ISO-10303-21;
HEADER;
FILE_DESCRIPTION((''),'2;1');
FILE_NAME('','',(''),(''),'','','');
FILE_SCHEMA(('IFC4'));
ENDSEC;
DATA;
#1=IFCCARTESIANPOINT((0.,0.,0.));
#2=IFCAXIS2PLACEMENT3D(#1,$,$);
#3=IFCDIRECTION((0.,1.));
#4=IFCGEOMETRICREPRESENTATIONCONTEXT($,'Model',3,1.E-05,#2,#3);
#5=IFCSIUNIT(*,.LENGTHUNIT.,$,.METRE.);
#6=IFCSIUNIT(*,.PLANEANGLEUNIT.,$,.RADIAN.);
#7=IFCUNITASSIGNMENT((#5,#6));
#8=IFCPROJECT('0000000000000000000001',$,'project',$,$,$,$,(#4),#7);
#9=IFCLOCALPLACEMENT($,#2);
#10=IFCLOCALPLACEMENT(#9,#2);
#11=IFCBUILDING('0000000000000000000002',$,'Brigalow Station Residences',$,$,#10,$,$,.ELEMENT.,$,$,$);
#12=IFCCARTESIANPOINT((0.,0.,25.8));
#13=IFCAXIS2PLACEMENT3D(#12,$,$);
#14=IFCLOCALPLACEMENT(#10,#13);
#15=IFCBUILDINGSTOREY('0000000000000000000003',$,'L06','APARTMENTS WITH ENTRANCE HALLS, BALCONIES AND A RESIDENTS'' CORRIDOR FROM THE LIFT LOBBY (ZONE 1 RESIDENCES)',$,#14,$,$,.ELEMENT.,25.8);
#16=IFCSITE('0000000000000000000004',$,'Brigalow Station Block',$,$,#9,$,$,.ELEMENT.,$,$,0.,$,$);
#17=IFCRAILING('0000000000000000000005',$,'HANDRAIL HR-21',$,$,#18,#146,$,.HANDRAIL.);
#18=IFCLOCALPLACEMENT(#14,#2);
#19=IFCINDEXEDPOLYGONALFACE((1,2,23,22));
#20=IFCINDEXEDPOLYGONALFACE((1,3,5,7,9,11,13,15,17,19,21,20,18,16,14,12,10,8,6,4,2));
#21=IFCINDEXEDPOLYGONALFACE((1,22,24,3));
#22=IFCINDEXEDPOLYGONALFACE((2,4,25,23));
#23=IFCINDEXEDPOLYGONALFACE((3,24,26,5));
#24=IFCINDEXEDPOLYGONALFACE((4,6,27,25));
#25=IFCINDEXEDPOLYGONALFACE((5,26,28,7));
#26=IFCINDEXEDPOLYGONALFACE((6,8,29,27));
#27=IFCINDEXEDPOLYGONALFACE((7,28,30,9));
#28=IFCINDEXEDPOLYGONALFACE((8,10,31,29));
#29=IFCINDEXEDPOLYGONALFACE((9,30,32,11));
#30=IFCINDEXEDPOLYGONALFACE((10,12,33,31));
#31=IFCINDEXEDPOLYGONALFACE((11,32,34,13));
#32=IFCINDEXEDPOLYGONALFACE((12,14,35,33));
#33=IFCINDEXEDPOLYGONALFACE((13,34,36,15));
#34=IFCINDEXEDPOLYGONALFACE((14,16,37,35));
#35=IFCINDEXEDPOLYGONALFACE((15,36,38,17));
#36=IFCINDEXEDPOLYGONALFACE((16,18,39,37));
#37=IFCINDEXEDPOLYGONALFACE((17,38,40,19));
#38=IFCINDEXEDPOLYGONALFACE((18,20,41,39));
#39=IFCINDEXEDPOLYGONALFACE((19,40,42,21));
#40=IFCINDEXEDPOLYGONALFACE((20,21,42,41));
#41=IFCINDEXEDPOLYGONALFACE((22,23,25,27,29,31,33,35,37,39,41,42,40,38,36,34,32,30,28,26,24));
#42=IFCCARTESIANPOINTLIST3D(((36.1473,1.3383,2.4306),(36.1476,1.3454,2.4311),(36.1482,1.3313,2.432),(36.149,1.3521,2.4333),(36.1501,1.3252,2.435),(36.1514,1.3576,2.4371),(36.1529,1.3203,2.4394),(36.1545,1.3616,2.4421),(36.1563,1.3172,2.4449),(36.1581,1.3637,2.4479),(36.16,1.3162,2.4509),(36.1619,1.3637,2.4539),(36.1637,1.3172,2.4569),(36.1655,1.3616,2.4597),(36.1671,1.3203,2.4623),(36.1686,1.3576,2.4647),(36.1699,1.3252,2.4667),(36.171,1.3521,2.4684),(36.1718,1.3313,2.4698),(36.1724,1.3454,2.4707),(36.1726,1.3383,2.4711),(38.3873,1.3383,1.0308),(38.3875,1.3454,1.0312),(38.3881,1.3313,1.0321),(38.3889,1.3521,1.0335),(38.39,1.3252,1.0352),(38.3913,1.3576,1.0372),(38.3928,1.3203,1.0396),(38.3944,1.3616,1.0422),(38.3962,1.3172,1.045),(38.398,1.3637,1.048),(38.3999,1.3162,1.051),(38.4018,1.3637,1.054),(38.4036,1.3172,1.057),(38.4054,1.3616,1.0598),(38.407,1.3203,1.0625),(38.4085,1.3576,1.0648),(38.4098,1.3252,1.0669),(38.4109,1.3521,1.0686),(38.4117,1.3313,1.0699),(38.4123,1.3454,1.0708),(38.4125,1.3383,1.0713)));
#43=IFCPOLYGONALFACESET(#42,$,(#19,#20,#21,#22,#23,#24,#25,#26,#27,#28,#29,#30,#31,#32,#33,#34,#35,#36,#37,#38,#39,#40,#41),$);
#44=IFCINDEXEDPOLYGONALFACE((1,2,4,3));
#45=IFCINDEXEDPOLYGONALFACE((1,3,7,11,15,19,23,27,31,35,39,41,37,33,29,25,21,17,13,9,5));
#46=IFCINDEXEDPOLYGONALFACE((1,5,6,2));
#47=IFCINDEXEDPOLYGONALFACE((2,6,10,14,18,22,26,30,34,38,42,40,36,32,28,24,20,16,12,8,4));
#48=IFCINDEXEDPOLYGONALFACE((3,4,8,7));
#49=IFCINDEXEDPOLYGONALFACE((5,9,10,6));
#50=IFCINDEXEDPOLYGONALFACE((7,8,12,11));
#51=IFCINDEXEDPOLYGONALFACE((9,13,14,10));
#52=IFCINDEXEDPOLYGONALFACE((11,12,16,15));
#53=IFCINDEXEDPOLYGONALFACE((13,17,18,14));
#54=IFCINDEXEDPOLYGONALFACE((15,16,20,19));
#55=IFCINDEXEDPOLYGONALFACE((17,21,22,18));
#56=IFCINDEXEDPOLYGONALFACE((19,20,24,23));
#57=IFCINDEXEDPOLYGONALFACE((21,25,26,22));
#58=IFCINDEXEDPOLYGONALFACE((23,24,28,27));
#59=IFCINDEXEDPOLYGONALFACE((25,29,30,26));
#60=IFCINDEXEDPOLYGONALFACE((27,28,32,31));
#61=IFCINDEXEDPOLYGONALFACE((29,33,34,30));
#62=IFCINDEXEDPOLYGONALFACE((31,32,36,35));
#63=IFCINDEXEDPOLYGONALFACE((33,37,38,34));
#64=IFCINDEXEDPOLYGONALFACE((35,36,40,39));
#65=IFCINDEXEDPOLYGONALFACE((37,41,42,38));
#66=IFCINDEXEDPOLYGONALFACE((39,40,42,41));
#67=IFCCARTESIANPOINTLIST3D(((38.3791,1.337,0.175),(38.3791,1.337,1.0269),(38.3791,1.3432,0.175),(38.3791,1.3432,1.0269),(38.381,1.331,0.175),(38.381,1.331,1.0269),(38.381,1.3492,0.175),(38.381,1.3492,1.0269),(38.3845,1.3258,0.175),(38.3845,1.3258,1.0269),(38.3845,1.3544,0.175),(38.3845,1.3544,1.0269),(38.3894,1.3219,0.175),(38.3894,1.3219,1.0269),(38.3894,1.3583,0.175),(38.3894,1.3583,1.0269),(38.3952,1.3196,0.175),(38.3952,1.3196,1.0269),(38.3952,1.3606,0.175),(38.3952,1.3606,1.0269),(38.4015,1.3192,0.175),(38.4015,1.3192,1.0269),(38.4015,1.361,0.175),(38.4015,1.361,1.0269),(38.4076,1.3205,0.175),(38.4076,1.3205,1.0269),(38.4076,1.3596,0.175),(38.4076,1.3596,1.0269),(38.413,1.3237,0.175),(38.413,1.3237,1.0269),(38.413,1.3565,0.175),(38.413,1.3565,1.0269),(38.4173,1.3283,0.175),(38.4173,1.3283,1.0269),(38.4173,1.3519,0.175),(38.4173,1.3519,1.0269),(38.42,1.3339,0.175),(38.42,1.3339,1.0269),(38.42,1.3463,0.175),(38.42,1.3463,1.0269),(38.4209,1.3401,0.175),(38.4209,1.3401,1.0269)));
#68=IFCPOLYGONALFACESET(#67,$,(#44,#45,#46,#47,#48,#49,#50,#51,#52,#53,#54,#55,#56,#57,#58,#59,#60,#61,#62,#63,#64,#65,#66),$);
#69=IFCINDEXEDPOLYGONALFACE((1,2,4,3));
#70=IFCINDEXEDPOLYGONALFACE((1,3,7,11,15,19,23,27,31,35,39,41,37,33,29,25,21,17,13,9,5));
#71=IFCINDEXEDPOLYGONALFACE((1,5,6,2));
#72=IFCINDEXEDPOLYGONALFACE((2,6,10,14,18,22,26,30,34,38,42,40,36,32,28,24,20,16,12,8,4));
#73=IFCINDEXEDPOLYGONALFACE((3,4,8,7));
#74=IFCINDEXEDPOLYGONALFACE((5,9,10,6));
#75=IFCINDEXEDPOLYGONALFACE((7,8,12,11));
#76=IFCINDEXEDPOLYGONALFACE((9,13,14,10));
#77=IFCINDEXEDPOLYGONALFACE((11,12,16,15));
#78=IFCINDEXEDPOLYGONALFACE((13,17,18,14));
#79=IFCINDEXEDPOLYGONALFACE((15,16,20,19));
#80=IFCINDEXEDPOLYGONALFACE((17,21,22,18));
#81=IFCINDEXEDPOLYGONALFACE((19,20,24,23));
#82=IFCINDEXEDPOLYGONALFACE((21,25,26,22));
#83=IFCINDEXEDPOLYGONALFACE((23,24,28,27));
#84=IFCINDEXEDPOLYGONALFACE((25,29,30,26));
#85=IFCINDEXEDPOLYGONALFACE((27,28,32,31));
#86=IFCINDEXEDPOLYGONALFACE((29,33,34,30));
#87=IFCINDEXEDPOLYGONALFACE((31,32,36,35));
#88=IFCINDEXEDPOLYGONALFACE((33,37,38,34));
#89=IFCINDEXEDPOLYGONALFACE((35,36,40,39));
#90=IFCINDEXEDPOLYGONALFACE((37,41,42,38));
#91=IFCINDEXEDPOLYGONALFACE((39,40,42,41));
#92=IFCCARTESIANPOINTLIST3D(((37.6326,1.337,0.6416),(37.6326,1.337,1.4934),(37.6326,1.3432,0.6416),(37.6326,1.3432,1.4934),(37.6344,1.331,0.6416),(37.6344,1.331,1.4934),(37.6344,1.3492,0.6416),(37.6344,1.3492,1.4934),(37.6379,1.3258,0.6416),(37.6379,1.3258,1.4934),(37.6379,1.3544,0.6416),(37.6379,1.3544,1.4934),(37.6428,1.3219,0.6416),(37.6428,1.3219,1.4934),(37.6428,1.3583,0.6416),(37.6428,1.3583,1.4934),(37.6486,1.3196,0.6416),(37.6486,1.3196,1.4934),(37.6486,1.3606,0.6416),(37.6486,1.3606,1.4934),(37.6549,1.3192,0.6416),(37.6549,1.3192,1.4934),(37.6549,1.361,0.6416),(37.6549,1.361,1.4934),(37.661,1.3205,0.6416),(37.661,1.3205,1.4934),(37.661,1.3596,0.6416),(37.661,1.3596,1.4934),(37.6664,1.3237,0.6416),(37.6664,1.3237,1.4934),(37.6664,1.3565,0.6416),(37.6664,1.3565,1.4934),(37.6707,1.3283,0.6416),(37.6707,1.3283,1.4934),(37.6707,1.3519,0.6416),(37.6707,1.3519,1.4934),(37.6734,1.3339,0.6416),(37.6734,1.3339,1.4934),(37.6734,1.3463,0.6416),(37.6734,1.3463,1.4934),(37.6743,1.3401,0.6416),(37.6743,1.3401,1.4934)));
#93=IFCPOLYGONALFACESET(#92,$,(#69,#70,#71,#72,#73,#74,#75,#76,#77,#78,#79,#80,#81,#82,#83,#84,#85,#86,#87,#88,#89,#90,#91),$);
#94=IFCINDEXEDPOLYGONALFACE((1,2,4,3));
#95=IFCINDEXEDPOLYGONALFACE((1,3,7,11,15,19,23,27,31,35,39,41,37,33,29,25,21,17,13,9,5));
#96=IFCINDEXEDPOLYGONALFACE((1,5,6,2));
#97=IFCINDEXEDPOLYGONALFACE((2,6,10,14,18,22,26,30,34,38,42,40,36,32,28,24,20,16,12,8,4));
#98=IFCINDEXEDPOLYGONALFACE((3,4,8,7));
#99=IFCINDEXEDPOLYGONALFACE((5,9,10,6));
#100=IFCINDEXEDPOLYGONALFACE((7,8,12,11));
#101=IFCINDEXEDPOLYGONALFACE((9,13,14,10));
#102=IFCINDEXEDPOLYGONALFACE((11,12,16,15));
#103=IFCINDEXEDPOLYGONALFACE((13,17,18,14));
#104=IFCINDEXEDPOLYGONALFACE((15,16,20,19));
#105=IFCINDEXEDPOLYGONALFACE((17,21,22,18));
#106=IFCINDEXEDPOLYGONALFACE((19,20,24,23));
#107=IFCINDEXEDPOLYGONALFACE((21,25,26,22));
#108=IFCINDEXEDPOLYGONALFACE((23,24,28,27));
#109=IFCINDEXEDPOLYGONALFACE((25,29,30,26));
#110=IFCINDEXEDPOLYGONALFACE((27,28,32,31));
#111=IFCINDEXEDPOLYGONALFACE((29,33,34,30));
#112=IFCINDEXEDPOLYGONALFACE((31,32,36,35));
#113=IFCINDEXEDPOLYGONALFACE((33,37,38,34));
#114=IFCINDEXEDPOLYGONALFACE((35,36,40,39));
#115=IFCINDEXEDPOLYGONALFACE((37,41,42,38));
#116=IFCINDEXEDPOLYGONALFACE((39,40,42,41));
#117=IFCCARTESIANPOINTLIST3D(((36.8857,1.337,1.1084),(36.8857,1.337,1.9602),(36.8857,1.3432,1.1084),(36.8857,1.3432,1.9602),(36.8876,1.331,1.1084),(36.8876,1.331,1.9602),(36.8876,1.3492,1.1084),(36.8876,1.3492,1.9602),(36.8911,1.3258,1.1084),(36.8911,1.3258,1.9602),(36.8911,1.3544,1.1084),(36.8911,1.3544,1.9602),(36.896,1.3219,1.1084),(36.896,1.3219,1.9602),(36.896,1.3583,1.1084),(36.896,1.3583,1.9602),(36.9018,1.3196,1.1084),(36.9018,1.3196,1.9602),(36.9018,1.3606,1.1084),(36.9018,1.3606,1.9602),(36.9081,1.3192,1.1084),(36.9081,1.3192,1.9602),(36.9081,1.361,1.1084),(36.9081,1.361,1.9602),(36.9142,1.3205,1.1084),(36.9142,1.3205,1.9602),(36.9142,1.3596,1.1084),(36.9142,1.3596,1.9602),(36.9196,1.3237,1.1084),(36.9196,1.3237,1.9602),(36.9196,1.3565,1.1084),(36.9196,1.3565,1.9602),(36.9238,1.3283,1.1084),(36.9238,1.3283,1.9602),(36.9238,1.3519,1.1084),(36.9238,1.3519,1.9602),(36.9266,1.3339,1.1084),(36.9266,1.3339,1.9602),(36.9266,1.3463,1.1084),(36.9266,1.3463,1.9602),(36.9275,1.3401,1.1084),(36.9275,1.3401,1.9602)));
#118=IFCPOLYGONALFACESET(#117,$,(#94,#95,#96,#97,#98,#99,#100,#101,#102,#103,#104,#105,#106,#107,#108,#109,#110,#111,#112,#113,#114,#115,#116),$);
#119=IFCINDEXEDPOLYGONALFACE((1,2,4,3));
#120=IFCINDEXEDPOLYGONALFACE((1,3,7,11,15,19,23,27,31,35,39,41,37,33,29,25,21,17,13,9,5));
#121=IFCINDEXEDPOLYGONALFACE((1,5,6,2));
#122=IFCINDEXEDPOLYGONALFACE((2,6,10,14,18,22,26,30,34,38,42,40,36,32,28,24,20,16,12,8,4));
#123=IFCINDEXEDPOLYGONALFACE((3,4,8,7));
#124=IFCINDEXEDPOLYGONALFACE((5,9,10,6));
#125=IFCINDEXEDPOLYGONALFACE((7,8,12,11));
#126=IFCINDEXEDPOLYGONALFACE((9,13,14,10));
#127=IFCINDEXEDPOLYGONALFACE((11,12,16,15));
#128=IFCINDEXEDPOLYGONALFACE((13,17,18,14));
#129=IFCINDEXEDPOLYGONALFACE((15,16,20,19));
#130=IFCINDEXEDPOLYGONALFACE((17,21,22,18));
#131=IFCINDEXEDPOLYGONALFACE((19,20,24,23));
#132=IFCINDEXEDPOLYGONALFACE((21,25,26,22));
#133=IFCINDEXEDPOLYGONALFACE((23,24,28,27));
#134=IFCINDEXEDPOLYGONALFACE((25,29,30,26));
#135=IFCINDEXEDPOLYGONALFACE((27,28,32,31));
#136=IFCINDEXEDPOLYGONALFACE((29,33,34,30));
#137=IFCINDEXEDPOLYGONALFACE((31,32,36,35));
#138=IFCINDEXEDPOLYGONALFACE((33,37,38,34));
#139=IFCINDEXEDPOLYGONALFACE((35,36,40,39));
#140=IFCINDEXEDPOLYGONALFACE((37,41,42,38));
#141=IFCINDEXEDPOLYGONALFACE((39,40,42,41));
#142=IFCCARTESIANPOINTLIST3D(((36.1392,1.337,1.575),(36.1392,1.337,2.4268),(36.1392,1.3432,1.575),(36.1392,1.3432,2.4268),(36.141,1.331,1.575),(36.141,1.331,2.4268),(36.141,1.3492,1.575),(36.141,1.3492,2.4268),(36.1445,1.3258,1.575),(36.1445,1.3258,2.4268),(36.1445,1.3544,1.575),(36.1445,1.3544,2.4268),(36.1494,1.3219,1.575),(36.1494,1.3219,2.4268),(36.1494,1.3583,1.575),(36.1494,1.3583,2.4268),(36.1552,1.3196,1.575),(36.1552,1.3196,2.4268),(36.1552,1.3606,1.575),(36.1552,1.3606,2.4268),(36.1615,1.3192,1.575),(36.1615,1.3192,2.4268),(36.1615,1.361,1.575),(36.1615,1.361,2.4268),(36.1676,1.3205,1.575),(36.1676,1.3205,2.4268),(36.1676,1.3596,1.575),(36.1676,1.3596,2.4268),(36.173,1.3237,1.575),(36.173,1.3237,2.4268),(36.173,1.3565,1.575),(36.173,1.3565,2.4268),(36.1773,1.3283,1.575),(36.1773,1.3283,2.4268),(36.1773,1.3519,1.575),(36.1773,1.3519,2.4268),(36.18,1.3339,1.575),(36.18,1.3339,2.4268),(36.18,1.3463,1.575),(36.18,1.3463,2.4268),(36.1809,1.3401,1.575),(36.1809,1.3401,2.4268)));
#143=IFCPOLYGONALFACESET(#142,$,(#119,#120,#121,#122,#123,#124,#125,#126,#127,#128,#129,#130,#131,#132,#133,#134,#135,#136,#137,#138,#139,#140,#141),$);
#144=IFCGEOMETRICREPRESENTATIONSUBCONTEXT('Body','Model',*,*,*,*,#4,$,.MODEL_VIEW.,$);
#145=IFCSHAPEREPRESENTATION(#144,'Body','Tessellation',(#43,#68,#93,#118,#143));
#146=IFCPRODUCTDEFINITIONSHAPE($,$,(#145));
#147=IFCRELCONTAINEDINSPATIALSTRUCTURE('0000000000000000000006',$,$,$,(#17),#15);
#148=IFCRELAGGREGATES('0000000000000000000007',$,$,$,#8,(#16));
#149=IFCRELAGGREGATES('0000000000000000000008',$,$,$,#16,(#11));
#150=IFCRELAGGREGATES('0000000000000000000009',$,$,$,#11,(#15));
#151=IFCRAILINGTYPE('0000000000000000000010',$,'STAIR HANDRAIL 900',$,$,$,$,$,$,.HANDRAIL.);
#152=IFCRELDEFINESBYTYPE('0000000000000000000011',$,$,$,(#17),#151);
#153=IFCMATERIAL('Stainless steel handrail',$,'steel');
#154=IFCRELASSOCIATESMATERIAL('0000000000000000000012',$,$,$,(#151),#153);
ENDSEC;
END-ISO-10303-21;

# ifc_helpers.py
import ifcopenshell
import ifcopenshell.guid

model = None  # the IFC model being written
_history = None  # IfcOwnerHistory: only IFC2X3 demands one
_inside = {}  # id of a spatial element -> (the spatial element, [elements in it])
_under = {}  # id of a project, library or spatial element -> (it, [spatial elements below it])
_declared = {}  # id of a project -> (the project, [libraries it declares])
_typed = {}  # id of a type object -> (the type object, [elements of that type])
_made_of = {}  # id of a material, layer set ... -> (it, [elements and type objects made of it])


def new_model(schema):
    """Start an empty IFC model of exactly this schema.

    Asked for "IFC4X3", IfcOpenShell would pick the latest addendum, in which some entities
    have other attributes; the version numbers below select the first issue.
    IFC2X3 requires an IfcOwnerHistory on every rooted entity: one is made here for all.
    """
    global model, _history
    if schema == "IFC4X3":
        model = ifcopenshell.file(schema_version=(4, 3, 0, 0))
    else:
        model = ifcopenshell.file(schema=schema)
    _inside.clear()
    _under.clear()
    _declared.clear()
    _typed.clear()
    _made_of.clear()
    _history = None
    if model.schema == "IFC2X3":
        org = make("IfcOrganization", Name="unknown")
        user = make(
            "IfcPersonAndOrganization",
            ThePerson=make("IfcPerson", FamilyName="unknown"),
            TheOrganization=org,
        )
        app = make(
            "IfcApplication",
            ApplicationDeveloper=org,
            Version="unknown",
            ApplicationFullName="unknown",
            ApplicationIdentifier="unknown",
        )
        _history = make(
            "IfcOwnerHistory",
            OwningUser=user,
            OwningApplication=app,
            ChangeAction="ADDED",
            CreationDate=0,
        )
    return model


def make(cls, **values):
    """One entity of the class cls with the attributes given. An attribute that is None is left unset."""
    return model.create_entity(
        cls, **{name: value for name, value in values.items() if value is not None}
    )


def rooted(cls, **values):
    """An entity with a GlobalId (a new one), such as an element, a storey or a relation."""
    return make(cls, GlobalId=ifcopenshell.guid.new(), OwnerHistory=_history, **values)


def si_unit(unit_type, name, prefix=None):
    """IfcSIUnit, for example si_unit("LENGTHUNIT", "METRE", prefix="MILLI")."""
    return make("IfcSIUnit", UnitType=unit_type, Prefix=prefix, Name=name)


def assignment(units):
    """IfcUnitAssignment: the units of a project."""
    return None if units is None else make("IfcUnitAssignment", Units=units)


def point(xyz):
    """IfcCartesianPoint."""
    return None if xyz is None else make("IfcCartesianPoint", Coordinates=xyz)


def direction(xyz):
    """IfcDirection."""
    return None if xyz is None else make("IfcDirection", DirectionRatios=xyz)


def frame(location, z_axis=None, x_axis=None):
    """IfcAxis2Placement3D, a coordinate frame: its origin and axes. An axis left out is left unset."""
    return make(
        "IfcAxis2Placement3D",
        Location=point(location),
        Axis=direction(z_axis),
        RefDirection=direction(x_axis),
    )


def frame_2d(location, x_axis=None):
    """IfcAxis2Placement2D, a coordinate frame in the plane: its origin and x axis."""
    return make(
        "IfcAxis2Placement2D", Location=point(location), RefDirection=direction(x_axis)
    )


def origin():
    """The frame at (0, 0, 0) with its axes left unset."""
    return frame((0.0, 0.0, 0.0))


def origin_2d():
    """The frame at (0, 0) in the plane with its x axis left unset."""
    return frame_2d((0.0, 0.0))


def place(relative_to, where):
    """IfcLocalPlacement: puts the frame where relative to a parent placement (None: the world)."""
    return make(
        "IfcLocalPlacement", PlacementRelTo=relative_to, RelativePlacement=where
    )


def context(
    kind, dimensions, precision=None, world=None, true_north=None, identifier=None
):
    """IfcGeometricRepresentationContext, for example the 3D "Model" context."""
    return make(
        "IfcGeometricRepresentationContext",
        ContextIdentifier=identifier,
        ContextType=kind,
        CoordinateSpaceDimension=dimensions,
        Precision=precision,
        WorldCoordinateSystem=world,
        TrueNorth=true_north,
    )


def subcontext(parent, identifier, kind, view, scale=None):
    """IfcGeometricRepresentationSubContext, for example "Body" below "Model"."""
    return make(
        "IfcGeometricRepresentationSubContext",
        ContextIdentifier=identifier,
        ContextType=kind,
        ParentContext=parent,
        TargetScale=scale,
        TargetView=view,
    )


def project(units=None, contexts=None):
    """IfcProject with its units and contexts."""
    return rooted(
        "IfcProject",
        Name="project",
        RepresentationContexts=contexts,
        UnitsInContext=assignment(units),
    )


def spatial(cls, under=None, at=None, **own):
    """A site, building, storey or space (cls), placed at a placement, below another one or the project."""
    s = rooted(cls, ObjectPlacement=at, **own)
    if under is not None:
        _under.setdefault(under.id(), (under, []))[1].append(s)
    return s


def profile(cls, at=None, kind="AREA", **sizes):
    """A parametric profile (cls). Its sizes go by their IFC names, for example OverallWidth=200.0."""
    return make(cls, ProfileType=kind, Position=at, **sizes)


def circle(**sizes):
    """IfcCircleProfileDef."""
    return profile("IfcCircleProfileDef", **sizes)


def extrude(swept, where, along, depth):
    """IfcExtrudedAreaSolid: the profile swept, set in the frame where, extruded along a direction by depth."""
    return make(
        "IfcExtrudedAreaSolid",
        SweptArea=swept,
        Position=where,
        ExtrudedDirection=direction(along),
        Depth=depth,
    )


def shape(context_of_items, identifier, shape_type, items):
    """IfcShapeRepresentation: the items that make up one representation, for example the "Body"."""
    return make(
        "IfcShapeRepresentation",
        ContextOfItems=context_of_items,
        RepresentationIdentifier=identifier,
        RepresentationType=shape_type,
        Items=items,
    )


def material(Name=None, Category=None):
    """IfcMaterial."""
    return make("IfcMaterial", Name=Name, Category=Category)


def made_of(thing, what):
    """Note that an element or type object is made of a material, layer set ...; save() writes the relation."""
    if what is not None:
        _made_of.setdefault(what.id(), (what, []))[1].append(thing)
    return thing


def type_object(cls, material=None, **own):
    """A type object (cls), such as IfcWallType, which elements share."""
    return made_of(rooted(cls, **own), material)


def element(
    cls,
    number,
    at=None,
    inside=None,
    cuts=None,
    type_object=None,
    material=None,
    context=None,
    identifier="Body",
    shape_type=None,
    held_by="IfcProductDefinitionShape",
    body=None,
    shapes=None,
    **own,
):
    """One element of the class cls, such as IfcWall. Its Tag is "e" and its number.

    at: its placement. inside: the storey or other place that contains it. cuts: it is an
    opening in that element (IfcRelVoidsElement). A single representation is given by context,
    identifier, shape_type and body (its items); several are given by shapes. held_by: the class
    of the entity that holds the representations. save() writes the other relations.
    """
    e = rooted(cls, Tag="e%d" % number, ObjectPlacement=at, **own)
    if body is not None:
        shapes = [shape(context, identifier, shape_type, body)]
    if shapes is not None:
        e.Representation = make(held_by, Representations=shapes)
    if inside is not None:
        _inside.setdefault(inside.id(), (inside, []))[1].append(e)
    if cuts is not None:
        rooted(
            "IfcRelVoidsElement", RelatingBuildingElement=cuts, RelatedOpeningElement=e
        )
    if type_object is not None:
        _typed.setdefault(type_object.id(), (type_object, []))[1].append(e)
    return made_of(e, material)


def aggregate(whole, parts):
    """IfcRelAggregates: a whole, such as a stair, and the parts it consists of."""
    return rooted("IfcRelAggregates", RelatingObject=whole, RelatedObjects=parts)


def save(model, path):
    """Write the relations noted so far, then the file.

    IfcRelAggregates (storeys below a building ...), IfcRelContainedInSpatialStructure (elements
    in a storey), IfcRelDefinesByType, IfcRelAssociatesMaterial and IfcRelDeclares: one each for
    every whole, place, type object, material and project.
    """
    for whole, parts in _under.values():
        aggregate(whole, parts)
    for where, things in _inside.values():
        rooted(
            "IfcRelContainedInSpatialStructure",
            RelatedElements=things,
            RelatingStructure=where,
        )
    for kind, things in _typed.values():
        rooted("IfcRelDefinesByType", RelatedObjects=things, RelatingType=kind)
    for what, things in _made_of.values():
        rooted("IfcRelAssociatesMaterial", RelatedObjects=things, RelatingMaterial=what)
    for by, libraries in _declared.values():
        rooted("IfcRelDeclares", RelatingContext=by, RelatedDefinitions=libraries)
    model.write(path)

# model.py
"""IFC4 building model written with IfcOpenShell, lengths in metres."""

from ifc_helpers import new_model, si_unit, direction, frame, origin, origin_2d, place, context, subcontext, project, spatial, circle, extrude, material, type_object, element, save


model = new_model("IFC4")

# Units and contexts
model_context = context("Model", 3, precision=1e-05, world=origin(), true_north=direction((0.0, 1.0)))
body_context = subcontext(model_context, "Body", "Model", "MODEL_VIEW")
ifc_project = project(units=[si_unit("LENGTHUNIT", "METRE"), si_unit("PLANEANGLEUNIT", "RADIAN")], contexts=[model_context])

# Site, building, storey
site_placement = place(None, origin())
site = spatial("IfcSite", under=ifc_project, at=site_placement, Name="Brigalow Station Block", CompositionType="ELEMENT", RefElevation=0.0)
building_placement = place(site_placement, origin())
building = spatial("IfcBuilding", under=site, at=building_placement, Name="Brigalow Station Residences", CompositionType="ELEMENT")
storey_placement = place(building_placement, frame((0.0, 0.0, 25.8)))
storey = spatial("IfcBuildingStorey", under=building, at=storey_placement, Name="L06", Description="APARTMENTS WITH ENTRANCE HALLS, BALCONIES AND A RESIDENTS' CORRIDOR FROM THE LIFT LOBBY (ZONE 1 RESIDENCES)", CompositionType="ELEMENT", Elevation=25.8)

# Railing
ifc_material_1 = material(Name="Stainless steel handrail", Category="steel")
railing_type_1 = type_object("IfcRailingType", Name="STAIR HANDRAIL 900", PredefinedType="HANDRAIL", material=ifc_material_1)
railing_1_placement = place(storey_placement, frame((38.3999, 1.3401, 0.175)))
element("IfcRailing", 1, at=railing_1_placement, inside=storey, type_object=railing_type_1, Name="HANDRAIL HR-21", PredefinedType="HANDRAIL", context=body_context, shape_type="SweptSolid", body=[
    extrude(circle(Radius=0.0239, at=origin_2d()), frame((0.0, 0.0, 0.876), z_axis=(-0.848014, 0.0, 0.529974), x_axis=(0.0, -1.0, 0.0)), (0.0, 0.0, 1.0), 2.6414),
    extrude(circle(Radius=0.021, at=origin_2d()), origin(), (0.0, 0.0, 1.0), 0.8518),
    extrude(circle(Radius=0.021, at=origin_2d()), frame((-0.7466, 0.0, 0.4666)), (0.0, 0.0, 1.0), 0.8518),
    extrude(circle(Radius=0.021, at=origin_2d()), frame((-1.4934, 0.0, 0.9333)), (0.0, 0.0, 1.0), 0.8518),
    extrude(circle(Radius=0.021, at=origin_2d()), frame((-2.24, 0.0, 1.3999)), (0.0, 0.0, 1.0), 0.8518),
])

save(model, "model.ifc")
